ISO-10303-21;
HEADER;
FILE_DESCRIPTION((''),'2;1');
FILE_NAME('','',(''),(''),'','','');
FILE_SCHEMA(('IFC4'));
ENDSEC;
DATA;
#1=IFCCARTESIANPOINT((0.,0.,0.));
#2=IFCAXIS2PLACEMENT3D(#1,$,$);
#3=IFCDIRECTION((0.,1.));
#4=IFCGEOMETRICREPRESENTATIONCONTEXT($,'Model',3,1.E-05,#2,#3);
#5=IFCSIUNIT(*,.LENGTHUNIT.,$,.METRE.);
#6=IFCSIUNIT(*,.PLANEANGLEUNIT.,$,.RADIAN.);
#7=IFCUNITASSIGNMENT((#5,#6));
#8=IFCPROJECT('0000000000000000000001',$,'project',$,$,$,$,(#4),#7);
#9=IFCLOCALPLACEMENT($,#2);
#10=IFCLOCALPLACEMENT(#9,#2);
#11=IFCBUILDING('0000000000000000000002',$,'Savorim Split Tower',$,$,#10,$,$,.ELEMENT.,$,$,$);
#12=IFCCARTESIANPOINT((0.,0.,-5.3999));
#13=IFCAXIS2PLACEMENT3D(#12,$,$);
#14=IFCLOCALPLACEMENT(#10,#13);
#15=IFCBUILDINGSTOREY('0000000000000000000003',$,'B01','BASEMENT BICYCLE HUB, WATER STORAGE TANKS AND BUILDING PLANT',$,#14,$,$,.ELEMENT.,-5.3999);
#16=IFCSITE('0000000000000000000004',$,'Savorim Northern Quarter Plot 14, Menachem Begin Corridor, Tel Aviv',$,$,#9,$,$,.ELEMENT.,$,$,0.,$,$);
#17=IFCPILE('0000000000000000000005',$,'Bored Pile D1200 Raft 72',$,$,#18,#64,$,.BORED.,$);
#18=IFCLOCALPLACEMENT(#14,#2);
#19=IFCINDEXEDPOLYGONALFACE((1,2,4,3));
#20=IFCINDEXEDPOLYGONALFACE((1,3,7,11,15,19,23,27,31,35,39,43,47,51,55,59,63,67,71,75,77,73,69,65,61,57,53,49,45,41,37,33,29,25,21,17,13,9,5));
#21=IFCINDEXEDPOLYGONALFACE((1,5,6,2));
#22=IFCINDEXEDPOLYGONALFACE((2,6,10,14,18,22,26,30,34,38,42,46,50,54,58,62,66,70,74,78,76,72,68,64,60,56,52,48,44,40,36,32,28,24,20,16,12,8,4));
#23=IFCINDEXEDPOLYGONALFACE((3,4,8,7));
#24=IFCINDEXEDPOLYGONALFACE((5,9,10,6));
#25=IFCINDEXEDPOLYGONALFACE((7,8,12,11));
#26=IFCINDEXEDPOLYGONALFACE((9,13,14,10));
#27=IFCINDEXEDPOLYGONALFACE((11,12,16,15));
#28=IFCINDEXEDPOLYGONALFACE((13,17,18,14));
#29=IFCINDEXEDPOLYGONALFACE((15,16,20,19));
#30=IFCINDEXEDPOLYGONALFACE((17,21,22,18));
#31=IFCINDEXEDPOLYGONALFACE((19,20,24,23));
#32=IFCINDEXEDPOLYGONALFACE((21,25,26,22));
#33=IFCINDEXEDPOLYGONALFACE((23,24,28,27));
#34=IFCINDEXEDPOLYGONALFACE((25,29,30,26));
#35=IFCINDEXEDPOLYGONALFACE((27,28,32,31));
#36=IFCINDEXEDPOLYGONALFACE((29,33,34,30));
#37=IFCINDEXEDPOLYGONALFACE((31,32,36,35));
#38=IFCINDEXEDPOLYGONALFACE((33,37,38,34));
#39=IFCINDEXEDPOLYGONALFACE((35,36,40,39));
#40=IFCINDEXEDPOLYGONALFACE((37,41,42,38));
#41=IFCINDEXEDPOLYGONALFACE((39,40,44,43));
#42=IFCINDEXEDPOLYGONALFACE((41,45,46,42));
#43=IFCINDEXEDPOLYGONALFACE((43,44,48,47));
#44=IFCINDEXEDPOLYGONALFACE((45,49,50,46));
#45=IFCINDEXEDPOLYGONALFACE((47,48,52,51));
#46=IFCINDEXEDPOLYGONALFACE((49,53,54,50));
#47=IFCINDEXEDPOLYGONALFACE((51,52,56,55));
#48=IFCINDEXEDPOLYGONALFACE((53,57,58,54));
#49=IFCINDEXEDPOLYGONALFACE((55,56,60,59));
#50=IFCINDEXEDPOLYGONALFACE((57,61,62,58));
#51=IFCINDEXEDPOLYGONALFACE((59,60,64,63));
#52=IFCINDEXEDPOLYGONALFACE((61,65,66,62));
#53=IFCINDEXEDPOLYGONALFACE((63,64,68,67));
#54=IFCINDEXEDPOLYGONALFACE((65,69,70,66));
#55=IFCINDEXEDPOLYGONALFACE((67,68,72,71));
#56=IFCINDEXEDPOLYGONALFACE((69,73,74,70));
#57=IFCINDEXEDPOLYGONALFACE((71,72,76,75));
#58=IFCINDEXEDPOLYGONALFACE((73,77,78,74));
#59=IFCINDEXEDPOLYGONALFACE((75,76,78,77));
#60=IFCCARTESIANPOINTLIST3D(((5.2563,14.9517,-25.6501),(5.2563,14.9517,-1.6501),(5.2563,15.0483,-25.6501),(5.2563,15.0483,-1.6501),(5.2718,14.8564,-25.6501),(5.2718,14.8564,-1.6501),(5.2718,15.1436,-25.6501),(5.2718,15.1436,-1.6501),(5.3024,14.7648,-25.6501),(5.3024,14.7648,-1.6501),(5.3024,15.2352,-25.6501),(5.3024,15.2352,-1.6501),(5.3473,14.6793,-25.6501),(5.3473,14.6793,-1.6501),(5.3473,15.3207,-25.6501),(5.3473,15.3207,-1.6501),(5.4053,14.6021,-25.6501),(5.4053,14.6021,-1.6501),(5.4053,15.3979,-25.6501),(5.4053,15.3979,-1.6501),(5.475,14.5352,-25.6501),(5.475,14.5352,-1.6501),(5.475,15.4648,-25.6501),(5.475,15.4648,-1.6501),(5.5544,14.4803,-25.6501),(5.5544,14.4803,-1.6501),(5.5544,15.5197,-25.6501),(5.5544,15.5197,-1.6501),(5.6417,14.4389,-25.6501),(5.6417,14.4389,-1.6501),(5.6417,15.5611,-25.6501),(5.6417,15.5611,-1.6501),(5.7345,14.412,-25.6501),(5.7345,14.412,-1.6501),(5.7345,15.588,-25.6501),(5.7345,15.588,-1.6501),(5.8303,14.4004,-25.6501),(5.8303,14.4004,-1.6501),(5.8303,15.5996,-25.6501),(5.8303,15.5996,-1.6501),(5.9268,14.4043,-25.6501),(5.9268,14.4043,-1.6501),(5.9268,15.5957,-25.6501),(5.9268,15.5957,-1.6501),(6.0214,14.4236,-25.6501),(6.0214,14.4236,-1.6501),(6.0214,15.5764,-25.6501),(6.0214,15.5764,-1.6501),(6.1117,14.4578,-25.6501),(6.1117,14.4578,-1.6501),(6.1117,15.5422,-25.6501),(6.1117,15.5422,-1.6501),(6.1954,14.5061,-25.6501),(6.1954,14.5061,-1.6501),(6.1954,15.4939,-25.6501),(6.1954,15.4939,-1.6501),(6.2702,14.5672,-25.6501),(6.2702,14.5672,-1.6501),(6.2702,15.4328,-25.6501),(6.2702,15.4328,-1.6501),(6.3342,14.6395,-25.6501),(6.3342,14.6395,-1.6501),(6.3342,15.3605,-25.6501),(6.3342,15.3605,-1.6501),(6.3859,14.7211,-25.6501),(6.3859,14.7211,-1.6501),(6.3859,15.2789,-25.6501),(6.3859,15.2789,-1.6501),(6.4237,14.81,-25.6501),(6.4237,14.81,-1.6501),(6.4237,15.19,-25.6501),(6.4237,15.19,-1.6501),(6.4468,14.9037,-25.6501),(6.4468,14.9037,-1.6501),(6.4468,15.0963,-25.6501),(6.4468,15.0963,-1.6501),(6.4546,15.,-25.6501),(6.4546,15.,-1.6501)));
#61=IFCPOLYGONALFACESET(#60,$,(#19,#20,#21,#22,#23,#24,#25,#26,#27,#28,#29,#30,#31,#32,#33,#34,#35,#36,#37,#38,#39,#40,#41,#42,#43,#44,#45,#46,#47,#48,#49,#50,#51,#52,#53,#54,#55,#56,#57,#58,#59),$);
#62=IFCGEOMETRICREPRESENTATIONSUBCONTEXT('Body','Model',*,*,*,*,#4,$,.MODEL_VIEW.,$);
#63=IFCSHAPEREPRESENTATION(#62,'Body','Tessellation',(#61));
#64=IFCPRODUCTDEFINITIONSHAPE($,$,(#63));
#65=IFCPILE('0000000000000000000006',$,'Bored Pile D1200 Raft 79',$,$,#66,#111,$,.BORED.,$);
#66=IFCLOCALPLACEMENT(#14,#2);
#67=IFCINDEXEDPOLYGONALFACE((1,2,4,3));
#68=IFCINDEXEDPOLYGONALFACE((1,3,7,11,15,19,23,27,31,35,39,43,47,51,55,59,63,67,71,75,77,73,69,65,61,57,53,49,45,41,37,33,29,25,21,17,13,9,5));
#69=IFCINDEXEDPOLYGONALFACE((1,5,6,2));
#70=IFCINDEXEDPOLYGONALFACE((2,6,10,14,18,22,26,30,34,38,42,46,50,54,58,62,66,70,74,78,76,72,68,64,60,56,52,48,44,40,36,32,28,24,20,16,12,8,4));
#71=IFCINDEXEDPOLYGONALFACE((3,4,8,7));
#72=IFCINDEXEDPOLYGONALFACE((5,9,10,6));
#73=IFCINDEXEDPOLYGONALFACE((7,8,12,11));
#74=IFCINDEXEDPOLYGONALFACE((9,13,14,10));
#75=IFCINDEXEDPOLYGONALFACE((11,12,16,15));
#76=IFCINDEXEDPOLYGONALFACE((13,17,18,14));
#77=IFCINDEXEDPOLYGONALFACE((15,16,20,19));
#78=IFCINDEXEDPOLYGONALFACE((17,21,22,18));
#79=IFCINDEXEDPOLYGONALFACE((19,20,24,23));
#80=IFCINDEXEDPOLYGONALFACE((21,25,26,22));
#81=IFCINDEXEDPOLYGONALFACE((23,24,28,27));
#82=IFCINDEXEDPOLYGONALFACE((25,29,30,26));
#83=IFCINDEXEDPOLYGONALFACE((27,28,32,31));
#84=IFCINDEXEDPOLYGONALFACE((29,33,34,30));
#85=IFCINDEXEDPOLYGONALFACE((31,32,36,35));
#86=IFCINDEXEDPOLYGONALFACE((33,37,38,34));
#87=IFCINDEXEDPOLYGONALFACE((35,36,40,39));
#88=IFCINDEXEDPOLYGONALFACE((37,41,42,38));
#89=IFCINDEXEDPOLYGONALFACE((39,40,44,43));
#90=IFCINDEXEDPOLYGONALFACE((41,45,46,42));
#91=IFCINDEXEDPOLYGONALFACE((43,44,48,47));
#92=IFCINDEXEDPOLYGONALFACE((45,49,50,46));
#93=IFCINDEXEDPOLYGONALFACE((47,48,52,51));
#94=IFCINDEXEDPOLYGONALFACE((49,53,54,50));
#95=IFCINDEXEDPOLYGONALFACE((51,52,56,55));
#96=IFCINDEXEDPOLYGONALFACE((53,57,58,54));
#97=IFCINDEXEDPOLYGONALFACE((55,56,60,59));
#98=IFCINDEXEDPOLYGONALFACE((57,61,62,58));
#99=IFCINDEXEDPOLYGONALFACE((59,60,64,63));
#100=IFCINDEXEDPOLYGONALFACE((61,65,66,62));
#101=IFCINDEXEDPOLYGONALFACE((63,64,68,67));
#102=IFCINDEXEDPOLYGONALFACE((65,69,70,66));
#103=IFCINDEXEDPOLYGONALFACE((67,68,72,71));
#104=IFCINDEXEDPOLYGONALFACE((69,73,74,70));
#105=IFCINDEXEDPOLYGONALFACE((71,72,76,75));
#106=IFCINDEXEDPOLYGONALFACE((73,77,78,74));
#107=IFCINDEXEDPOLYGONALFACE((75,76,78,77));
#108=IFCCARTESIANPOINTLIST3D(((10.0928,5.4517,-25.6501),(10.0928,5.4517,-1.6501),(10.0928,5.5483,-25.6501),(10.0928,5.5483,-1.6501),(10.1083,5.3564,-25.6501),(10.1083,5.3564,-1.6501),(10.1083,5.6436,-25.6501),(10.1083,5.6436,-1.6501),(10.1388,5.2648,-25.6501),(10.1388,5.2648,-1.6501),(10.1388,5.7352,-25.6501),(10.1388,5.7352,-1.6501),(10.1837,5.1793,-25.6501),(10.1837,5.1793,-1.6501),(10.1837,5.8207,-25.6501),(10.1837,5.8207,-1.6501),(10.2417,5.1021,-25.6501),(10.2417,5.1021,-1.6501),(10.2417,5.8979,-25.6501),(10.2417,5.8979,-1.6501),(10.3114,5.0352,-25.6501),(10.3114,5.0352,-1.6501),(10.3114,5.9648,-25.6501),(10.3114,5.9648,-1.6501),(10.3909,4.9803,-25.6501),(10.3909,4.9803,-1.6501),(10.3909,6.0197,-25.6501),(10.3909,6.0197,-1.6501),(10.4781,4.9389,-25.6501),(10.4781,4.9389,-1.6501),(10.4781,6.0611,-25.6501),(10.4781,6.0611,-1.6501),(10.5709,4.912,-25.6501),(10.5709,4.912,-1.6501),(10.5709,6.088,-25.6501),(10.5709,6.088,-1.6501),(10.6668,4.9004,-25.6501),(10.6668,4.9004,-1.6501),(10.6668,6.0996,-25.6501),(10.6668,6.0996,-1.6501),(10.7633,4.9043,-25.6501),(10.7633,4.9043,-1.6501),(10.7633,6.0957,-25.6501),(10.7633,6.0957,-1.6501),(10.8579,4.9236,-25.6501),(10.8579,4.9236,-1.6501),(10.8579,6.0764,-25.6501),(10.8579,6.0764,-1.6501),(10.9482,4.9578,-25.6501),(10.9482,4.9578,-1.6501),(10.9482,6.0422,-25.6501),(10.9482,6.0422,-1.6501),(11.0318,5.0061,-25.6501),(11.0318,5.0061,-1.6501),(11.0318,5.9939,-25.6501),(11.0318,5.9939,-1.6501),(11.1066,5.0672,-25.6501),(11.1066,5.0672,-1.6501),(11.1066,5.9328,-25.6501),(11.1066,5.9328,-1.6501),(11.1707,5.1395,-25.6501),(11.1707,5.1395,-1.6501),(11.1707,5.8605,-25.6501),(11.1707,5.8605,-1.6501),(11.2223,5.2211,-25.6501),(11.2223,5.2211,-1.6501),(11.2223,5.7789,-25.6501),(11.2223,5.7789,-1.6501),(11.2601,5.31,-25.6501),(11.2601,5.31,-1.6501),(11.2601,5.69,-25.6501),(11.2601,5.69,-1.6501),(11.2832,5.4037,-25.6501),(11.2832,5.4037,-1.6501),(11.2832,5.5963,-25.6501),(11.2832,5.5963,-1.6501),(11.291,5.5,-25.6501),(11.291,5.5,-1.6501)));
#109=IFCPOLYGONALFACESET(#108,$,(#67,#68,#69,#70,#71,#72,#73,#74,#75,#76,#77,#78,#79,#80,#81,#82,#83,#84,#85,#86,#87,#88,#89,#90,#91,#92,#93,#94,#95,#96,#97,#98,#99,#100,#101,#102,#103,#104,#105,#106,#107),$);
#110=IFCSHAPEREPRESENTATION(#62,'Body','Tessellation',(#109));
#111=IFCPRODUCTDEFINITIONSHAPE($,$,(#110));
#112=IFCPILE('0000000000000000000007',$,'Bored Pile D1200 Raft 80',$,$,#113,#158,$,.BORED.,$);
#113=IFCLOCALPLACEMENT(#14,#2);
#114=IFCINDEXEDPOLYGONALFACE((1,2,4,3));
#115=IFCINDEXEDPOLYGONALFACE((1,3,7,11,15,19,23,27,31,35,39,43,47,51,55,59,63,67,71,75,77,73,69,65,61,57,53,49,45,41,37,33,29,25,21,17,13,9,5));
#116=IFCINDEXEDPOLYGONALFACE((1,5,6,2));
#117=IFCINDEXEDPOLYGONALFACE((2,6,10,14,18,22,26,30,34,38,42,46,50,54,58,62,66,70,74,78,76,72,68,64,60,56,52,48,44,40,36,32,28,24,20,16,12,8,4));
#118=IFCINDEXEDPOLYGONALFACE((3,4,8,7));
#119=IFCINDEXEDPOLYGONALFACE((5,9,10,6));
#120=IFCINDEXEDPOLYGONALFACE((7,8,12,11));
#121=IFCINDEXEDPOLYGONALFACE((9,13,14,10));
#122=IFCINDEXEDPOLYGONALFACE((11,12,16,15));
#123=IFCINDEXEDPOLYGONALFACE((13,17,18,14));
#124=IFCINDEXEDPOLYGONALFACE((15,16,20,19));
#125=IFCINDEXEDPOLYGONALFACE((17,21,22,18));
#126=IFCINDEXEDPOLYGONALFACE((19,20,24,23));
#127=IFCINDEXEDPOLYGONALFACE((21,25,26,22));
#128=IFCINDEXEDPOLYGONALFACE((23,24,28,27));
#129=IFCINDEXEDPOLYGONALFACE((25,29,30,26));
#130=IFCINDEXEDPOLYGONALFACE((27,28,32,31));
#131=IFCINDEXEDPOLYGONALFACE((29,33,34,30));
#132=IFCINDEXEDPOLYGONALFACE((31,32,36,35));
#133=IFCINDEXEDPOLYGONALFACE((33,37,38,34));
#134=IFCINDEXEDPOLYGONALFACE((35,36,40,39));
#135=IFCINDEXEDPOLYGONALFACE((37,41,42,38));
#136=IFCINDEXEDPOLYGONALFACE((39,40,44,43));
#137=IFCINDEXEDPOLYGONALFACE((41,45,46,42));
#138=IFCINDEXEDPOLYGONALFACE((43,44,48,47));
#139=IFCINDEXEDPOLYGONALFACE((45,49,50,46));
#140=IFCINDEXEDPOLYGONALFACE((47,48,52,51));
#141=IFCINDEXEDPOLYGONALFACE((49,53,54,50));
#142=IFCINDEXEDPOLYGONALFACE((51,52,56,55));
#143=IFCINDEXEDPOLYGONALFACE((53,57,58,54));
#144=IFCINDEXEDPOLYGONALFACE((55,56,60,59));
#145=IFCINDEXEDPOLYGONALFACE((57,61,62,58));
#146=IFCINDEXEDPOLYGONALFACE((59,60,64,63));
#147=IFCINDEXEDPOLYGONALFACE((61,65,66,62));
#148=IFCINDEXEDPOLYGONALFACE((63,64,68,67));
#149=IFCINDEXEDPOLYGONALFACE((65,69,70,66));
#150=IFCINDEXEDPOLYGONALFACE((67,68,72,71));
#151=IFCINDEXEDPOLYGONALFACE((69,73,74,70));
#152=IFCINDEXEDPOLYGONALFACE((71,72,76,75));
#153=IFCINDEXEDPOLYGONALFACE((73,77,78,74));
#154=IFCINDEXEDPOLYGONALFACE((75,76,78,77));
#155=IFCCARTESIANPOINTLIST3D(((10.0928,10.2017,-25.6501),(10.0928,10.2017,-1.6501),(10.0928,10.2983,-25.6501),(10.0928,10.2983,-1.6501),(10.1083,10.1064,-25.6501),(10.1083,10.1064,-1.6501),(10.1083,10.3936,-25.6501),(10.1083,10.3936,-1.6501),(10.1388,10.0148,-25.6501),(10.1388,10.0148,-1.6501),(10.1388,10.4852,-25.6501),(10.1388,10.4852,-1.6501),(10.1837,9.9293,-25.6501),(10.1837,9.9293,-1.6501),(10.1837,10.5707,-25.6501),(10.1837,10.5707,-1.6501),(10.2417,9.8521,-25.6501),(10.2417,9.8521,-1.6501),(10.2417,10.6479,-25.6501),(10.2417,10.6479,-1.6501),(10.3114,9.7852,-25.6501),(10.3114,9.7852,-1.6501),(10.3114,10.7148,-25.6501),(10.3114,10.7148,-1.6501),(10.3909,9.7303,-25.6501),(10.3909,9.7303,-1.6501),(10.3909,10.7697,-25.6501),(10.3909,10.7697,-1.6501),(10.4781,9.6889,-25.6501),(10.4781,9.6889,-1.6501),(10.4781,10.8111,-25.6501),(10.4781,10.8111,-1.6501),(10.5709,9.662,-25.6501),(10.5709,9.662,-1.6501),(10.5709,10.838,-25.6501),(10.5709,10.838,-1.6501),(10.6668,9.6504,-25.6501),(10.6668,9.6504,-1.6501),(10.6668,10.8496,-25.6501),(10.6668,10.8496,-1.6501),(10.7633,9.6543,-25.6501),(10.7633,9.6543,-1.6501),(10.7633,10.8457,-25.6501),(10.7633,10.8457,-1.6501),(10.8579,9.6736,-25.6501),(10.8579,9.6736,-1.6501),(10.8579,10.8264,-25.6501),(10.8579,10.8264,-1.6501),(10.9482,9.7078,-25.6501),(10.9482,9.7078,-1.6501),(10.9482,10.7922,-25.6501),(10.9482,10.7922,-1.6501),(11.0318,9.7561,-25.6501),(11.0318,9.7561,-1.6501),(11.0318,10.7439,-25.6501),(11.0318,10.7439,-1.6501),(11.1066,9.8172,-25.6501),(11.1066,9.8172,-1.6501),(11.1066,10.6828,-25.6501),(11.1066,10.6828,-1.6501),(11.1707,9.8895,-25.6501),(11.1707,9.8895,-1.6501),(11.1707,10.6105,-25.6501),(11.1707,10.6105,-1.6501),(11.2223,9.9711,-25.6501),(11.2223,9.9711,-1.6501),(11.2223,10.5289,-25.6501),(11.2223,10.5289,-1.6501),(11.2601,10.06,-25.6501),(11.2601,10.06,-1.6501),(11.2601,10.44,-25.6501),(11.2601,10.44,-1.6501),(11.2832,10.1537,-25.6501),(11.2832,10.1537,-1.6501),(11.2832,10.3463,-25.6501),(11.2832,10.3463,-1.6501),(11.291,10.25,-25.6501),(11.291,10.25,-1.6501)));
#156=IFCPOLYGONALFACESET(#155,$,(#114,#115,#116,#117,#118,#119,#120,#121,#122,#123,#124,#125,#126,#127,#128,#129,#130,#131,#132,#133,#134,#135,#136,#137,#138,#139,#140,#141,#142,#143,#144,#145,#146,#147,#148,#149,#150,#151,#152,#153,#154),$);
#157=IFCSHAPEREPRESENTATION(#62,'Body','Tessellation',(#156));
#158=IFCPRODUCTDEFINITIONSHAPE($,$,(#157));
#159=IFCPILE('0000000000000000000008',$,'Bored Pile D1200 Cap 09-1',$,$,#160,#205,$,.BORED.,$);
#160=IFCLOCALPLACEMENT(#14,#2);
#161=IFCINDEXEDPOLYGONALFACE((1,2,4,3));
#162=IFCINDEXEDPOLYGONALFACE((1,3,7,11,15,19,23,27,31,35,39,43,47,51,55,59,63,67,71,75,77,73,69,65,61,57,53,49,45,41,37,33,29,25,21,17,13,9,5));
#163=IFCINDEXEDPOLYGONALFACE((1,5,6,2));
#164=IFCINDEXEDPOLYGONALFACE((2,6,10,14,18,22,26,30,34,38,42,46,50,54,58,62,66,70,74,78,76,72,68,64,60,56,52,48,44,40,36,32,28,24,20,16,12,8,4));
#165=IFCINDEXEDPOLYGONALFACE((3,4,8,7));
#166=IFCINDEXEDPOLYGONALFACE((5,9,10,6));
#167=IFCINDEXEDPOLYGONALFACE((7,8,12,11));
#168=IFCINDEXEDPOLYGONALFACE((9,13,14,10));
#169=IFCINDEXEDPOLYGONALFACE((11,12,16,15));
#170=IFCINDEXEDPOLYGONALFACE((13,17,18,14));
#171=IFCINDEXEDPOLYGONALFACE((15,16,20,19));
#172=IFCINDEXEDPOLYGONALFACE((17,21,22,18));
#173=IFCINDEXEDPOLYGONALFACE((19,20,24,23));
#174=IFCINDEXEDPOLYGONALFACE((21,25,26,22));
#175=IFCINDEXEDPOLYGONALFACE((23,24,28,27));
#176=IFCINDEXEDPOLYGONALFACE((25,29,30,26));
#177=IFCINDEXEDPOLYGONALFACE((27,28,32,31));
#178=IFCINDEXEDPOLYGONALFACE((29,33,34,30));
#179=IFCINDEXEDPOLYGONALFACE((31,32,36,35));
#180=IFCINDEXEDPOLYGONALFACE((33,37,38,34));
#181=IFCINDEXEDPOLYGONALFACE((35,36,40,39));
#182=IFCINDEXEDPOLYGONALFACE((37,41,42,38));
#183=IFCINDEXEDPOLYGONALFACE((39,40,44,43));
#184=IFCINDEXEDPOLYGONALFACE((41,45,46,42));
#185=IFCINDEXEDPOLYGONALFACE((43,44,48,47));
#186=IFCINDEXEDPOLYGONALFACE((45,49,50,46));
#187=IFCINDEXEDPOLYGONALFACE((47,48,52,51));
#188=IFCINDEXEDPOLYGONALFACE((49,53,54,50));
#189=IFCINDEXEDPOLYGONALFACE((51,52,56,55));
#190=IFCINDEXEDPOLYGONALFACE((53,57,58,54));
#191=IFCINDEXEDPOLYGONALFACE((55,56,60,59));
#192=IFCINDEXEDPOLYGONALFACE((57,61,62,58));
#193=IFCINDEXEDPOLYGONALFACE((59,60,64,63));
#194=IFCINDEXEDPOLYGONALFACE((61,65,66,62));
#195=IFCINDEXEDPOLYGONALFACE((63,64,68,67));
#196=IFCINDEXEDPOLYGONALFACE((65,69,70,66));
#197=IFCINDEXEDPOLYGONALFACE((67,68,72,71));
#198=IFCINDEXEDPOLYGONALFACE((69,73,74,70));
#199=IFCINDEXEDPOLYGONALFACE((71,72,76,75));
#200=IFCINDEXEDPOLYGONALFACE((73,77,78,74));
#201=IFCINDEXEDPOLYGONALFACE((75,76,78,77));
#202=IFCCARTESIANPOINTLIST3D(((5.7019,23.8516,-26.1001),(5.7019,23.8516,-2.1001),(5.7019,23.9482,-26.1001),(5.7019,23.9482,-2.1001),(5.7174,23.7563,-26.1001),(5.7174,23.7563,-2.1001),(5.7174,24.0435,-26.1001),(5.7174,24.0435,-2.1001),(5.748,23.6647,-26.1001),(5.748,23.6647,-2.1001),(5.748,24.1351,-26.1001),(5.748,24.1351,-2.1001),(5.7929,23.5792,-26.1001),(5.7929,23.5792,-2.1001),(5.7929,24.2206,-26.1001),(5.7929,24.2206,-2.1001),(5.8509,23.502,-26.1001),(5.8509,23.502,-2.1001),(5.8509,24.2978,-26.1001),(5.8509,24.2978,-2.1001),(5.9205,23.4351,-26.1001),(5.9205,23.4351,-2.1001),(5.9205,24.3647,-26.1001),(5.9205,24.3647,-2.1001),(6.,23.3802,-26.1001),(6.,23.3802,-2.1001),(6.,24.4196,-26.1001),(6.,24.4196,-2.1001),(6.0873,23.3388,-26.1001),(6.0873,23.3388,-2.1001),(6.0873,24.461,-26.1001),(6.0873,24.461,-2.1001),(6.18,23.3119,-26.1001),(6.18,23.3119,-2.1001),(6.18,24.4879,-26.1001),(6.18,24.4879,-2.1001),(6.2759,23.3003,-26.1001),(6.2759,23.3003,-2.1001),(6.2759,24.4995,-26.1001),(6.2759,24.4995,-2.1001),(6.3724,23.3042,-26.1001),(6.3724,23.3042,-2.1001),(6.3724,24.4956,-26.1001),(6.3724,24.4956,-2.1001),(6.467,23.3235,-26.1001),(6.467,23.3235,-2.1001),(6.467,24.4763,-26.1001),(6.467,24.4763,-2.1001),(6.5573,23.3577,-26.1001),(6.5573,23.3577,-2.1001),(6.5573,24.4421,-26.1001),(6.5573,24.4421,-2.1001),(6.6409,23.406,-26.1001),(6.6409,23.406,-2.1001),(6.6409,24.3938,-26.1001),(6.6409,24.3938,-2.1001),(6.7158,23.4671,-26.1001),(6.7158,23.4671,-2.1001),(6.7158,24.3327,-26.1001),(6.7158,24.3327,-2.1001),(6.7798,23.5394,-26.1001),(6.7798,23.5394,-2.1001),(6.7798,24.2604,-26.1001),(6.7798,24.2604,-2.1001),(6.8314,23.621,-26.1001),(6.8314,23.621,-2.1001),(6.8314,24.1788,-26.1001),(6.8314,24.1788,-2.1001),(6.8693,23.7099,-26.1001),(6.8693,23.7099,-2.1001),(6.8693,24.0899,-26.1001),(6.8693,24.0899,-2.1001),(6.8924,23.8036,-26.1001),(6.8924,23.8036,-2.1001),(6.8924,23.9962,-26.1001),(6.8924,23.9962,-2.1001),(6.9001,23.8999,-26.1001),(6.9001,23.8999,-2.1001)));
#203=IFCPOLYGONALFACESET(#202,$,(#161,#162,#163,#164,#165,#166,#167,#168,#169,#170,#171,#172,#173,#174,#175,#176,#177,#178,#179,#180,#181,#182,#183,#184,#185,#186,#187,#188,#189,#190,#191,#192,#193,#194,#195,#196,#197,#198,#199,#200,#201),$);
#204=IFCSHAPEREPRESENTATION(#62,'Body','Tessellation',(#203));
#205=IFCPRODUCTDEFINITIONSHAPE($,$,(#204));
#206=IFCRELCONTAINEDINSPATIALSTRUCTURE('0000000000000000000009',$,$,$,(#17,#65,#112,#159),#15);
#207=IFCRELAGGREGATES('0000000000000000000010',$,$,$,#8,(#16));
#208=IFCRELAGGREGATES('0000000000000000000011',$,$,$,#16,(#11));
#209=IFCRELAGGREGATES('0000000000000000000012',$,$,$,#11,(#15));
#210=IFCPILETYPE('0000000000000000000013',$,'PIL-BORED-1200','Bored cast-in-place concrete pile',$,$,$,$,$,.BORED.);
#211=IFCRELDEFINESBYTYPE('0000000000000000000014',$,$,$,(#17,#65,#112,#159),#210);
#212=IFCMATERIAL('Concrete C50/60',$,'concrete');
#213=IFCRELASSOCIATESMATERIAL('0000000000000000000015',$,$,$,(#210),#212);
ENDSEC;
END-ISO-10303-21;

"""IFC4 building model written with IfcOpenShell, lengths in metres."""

from ifc_helpers import new_model, si_unit, direction, frame, origin, origin_2d, place, context, subcontext, project, spatial, circle, extrude, material, material_profile, profile_set, type_object, element, save


model = new_model("IFC4")

# Units and contexts
model_context = context("Model", 3, precision=1e-05, world=origin(), true_north=direction((0.0, 1.0)))
body_context = subcontext(model_context, "Body", "Model", "MODEL_VIEW")
ifc_project = project(units=[si_unit("LENGTHUNIT", "METRE"), si_unit("PLANEANGLEUNIT", "RADIAN")], contexts=[model_context])

# Site, building, storey
site_placement = place(None, origin())
site = spatial("IfcSite", under=ifc_project, at=site_placement, Name="Savorim Northern Quarter Plot 14, Menachem Begin Corridor, Tel Aviv", CompositionType="ELEMENT", RefElevation=0.0)
building_placement = place(site_placement, origin())
building = spatial("IfcBuilding", under=site, at=building_placement, Name="Savorim Split Tower", CompositionType="ELEMENT")
storey_placement = place(building_placement, frame((0.0, 0.0, -5.3999)))
storey = spatial("IfcBuildingStorey", under=building, at=storey_placement, Name="B01", Description="BASEMENT BICYCLE HUB, WATER STORAGE TANKS AND BUILDING PLANT", CompositionType="ELEMENT", Elevation=-5.3999)

# Shared definitions
ifc_material_1 = material(Name="Concrete C50/60", Category="concrete")

# Piles
ifc_material_profile_1 = material_profile(ifc_material_1, circle(Radius=0.6001, at=origin_2d()), Name="PILE D1200")
ifc_profile_set_1 = profile_set([ifc_material_profile_1], Name="Concrete C50/60")
pile_type = type_object("IfcPileType", Name="PIL-BORED-1200", Description="Bored cast-in-place concrete pile", PredefinedType="BORED", material=ifc_profile_set_1)
for number, where, z_axis, x_axis, name in (
    (1, (5.8545, 15.0, -1.6501), (0.0, 0.0, -1.0), (1.0, 0.0, 0.0), "Bored Pile D1200 Raft 72"),
    (2, (10.6909, 5.5, -1.6501), (0.0, 0.0, -1.0), (1.0, 0.0, 0.0), "Bored Pile D1200 Raft 79"),
    (3, (10.6909, 10.25, -1.6501), (0.0, 0.0, -1.0), (1.0, 0.0, 0.0), "Bored Pile D1200 Raft 80"),
    (4, (6.3, 23.8999, -2.1001), (0.0, 0.0, -1.0), (1.0, 0.0, 0.0), "Bored Pile D1200 Cap 09-1"),
):
    element("IfcPile", number, at=place(storey_placement, frame(where, z_axis=z_axis, x_axis=x_axis)), inside=storey, type_object=pile_type, Name=name, PredefinedType="BORED", context=body_context, shape_type="SweptSolid", body=[
        extrude(circle(Radius=0.6001, at=origin_2d()), origin(), (0.0, 0.0, 1.0), 24.0),
    ])

save(model, "model.ifc")
